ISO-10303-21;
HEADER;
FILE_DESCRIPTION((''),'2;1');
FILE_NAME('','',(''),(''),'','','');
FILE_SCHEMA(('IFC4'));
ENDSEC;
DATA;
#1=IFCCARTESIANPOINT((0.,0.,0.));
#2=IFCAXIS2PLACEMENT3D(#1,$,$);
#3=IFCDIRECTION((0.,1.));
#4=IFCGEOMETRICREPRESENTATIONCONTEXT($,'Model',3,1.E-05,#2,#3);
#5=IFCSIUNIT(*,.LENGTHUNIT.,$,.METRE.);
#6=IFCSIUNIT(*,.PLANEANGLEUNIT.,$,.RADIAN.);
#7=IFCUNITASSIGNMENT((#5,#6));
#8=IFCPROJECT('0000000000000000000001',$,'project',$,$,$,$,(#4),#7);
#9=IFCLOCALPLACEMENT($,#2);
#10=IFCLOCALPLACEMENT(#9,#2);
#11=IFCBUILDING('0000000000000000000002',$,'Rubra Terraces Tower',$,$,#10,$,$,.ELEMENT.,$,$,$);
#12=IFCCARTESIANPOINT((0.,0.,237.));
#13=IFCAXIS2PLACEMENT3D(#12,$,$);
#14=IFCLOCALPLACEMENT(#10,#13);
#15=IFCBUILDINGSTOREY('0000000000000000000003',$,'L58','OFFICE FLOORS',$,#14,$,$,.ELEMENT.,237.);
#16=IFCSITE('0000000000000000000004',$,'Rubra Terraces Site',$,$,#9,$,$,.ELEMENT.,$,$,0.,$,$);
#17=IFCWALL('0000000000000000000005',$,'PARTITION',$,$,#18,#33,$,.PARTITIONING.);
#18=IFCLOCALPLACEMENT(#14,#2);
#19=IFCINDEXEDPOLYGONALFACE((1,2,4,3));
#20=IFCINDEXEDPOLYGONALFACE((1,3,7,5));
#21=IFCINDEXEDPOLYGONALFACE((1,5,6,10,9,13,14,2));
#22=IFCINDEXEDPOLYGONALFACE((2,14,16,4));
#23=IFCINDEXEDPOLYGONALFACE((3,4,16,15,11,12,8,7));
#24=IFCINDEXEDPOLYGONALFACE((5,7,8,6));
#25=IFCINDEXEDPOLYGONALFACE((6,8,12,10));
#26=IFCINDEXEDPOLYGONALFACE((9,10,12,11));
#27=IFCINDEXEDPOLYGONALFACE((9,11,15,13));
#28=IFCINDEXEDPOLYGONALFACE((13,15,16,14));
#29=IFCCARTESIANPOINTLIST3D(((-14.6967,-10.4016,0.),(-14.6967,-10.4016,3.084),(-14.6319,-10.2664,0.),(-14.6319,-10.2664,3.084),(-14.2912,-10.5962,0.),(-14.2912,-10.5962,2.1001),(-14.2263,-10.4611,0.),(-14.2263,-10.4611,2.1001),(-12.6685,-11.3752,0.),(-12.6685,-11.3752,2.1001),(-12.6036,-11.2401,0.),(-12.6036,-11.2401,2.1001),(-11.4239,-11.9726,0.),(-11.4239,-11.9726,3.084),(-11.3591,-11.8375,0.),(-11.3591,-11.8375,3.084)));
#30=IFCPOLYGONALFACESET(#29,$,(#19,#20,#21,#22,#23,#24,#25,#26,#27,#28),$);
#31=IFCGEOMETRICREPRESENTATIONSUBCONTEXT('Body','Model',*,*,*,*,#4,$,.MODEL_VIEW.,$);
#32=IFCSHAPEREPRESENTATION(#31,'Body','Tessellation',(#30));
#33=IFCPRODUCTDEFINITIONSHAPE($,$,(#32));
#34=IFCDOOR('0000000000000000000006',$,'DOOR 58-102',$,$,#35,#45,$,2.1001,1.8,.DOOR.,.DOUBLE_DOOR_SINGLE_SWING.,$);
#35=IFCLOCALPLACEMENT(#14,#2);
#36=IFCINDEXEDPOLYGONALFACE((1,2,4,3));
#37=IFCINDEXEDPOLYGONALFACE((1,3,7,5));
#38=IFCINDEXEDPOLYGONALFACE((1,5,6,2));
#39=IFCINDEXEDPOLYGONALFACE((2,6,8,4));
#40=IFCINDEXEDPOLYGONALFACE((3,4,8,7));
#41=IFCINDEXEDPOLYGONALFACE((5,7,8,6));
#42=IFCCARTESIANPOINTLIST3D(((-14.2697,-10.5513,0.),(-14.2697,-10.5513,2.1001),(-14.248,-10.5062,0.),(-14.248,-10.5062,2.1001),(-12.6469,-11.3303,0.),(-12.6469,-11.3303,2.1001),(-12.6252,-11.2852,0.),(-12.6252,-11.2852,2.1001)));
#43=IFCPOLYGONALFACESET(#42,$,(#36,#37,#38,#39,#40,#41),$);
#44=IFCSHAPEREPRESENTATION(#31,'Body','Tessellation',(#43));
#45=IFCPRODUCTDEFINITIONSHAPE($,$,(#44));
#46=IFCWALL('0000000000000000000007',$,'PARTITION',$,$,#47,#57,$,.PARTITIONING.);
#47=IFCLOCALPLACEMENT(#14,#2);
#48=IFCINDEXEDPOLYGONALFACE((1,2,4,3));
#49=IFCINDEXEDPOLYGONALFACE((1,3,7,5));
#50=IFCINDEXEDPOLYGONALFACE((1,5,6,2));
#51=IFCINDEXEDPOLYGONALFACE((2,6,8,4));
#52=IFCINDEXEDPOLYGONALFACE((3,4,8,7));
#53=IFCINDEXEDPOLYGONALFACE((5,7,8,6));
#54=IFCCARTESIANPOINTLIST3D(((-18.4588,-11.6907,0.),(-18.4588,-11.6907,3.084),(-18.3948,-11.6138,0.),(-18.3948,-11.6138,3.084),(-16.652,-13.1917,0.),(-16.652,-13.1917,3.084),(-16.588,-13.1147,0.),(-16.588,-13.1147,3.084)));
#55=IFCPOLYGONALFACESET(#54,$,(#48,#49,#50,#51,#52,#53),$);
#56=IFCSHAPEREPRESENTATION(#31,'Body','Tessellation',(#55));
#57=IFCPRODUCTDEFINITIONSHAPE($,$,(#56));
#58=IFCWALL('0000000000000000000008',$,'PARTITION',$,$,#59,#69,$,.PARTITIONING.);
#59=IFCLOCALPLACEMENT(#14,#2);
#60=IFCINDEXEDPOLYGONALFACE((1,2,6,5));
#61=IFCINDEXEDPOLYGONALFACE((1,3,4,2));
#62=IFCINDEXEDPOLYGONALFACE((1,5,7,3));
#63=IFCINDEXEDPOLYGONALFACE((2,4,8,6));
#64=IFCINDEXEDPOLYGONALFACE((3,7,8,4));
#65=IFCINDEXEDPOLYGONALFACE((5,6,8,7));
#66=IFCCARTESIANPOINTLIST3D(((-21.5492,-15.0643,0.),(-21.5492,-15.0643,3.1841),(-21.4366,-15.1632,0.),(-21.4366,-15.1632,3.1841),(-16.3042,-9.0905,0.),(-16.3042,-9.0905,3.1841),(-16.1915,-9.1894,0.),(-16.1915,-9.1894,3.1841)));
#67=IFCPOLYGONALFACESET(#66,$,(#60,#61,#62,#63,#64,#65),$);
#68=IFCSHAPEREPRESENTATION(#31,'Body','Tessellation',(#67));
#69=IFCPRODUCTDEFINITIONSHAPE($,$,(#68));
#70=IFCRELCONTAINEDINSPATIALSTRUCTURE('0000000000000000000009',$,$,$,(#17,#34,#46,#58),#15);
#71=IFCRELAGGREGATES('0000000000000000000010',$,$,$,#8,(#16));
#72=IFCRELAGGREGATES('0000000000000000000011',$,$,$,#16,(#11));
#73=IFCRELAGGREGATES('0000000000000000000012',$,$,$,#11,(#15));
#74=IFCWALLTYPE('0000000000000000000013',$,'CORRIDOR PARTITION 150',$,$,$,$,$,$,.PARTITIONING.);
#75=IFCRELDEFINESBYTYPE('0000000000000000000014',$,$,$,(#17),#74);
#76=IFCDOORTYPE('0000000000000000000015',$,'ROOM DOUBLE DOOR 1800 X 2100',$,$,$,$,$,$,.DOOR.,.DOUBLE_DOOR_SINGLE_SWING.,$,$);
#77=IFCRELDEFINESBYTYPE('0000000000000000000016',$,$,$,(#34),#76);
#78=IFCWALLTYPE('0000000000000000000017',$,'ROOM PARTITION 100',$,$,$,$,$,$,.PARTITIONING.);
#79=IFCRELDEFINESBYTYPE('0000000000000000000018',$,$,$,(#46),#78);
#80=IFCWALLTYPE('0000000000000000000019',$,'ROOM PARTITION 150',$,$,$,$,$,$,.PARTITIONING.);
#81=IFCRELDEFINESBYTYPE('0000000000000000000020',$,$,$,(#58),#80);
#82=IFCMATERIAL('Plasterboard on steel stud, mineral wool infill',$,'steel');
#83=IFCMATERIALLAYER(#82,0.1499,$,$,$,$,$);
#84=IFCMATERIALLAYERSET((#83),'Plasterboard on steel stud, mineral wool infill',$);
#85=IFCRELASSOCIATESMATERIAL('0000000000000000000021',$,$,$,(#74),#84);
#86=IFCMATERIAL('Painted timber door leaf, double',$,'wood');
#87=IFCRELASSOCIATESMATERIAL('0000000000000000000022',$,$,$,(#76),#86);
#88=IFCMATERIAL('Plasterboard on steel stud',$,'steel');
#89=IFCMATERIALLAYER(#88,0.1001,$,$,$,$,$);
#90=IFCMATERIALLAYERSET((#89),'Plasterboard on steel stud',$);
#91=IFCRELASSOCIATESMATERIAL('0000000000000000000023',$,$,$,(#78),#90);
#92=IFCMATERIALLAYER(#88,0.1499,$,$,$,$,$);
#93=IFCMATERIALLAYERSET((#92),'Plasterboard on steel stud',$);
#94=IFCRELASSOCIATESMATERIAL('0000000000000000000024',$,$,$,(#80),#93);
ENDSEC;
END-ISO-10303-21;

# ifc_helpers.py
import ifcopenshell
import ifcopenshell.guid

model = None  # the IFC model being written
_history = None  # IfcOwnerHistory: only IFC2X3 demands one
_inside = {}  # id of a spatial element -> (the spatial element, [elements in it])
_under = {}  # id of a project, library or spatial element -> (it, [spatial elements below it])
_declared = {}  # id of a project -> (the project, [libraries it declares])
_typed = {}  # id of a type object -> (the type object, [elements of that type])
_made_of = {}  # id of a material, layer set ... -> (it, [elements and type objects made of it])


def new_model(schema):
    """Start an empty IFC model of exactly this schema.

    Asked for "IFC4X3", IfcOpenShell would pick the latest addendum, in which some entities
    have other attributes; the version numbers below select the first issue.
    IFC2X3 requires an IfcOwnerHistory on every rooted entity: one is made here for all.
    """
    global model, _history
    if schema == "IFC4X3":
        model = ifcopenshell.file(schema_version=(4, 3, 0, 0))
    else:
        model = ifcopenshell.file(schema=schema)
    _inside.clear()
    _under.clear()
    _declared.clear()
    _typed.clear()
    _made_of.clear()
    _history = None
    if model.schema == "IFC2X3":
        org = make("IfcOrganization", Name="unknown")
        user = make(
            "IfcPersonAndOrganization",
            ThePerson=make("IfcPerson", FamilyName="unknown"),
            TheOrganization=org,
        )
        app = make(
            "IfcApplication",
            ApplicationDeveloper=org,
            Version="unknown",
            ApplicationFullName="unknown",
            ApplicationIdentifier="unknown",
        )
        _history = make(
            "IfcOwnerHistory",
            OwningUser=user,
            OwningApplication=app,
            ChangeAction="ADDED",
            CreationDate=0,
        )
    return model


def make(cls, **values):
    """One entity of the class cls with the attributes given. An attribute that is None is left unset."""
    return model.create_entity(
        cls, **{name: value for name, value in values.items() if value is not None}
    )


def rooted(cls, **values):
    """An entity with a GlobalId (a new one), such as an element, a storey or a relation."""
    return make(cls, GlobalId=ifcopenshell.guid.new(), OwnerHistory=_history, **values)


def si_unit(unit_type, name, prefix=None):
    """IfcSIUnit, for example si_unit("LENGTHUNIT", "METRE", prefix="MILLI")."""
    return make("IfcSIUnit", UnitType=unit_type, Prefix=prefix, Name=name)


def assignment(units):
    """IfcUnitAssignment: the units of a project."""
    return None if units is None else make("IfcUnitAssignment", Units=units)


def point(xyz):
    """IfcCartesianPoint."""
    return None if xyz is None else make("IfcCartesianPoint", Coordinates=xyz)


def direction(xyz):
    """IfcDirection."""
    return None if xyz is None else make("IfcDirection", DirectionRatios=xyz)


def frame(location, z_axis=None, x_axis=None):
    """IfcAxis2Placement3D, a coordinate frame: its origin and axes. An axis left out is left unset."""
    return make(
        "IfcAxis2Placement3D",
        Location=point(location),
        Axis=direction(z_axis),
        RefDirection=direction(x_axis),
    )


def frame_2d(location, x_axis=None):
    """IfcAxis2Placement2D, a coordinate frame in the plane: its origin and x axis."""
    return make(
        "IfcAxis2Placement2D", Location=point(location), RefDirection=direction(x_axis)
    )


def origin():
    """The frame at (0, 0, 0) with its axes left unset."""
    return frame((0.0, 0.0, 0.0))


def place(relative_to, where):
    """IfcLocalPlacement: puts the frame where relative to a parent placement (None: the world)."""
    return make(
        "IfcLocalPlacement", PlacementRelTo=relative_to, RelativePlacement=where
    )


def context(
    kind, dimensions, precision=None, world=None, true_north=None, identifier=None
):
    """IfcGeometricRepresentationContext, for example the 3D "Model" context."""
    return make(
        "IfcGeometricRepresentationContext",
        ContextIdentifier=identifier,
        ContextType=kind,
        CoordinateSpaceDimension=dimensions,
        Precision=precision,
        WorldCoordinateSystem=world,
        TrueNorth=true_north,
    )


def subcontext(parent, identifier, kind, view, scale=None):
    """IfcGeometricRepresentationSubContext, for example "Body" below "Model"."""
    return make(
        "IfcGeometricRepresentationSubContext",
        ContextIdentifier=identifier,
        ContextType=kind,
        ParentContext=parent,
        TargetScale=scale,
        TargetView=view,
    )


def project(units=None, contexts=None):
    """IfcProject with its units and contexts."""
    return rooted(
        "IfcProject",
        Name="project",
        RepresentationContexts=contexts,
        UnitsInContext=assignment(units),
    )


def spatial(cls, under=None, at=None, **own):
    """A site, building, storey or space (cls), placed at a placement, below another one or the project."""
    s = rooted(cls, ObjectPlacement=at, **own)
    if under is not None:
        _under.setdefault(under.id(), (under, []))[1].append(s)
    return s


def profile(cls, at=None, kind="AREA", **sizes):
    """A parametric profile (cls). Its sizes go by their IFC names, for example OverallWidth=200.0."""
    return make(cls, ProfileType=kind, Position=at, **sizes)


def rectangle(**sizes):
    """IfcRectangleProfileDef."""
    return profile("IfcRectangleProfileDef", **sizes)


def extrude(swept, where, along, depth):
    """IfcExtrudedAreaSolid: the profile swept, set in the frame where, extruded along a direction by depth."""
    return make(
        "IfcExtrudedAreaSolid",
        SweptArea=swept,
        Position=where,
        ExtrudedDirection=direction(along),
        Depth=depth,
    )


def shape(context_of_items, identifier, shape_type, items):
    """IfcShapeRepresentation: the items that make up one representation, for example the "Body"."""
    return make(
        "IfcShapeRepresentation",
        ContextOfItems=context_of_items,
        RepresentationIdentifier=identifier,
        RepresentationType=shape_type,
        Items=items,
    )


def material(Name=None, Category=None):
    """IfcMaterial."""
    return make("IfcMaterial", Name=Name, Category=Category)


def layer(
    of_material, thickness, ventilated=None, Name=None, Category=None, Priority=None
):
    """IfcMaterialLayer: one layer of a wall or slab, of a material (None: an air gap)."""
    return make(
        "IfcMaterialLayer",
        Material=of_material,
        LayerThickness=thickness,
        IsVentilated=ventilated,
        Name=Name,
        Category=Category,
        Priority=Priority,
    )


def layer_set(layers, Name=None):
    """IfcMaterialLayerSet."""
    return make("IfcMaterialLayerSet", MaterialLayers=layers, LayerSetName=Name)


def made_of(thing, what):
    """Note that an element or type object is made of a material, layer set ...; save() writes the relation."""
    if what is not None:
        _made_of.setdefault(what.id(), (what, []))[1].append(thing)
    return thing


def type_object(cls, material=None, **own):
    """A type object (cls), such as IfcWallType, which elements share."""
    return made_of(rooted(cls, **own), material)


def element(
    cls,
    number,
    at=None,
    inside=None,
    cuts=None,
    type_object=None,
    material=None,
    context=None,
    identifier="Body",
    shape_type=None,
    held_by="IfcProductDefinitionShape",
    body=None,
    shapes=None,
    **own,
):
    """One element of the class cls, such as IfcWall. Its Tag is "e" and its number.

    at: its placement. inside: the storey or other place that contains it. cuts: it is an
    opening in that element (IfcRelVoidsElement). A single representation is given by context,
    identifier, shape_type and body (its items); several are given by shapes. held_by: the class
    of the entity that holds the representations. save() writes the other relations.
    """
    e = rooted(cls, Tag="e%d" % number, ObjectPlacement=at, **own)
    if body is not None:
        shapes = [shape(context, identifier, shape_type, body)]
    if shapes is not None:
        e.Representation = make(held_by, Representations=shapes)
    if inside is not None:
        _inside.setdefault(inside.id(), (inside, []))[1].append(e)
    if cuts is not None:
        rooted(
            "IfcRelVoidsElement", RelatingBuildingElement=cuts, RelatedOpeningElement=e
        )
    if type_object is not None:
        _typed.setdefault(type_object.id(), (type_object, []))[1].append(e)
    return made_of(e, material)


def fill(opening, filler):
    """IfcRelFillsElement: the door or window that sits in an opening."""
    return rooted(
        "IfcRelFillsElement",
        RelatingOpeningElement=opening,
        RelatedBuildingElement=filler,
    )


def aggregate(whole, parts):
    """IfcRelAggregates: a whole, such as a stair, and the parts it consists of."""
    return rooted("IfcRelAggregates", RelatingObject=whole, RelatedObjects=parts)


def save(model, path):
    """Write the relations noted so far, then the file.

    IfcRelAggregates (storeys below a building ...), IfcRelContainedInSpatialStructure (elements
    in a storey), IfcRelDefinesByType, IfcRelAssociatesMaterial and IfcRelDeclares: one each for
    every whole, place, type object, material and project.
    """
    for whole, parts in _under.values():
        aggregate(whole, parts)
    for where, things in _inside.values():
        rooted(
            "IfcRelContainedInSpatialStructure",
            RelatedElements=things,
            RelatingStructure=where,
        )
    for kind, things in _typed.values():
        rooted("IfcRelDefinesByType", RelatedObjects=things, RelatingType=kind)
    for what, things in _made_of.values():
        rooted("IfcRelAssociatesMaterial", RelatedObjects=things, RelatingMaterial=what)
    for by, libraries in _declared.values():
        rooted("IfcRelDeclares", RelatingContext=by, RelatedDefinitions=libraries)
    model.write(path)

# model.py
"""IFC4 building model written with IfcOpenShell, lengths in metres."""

from ifc_helpers import new_model, si_unit, direction, frame, frame_2d, origin, place, context, subcontext, project, spatial, rectangle, extrude, material, layer, layer_set, type_object, element, fill, save


model = new_model("IFC4")

# Units and contexts
model_context = context("Model", 3, precision=1e-05, world=origin(), true_north=direction((0.0, 1.0)))
body_context = subcontext(model_context, "Body", "Model", "MODEL_VIEW")
ifc_project = project(units=[si_unit("LENGTHUNIT", "METRE"), si_unit("PLANEANGLEUNIT", "RADIAN")], contexts=[model_context])

# Site, building, storey
site_placement = place(None, origin())
site = spatial("IfcSite", under=ifc_project, at=site_placement, Name="Rubra Terraces Site", CompositionType="ELEMENT", RefElevation=0.0)
building_placement = place(site_placement, origin())
building = spatial("IfcBuilding", under=site, at=building_placement, Name="Rubra Terraces Tower", CompositionType="ELEMENT")
storey_placement = place(building_placement, frame((0.0, 0.0, 237.0)))
storey = spatial("IfcBuildingStorey", under=building, at=storey_placement, Name="L58", Description="OFFICE FLOORS", CompositionType="ELEMENT", Elevation=237.0)

# Shared definitions
ifc_material_1 = material(Name="Plasterboard on steel stud, mineral wool infill", Category="steel")
ifc_layer_1 = layer(ifc_material_1, 0.1499)
ifc_layer_set_1 = layer_set([ifc_layer_1], Name="Plasterboard on steel stud, mineral wool infill")
wall_type_1 = type_object("IfcWallType", Name="CORRIDOR PARTITION 150", PredefinedType="PARTITIONING", material=ifc_layer_set_1)

# Wall, opening, door
wall_1_placement = place(storey_placement, frame((-14.6643, -10.334, 0.0), z_axis=(0.0, 0.0, 1.0), x_axis=(0.901507, -0.432764, 0.0)))
wall_1 = element("IfcWall", 1, at=wall_1_placement, inside=storey, type_object=wall_type_1, Name="PARTITION", PredefinedType="PARTITIONING", context=body_context, shape_type="SweptSolid", body=[
    extrude(rectangle(XDim=3.6304, YDim=0.1499, at=frame_2d((1.8152, 0.0))), origin(), (0.0, 0.0, 1.0), 3.084),
])
opening_1_placement = place(wall_1_placement, frame((0.45, 0.0, 0.0)))
opening_1 = element("IfcOpeningElement", 2, at=opening_1_placement, cuts=wall_1, PredefinedType="OPENING", context=body_context, shape_type="SweptSolid", body=[
    extrude(rectangle(XDim=1.8, YDim=2.1001, at=frame_2d((0.8999, 1.05))), frame((0.0, 0.085, 0.0), z_axis=(0.0, -1.0, 0.0), x_axis=(1.0, 0.0, 0.0)), (0.0, 0.0, 1.0), 0.1699),
])
ifc_material_2 = material(Name="Painted timber door leaf, double", Category="wood")
door_type = type_object("IfcDoorType", Name="ROOM DOUBLE DOOR 1800 X 2100", OperationType="DOUBLE_DOOR_SINGLE_SWING", PredefinedType="DOOR", material=ifc_material_2)
door_placement = place(opening_1_placement, origin())
door = element("IfcDoor", 3, at=door_placement, inside=storey, type_object=door_type, Name="DOOR 58-102", OperationType="DOUBLE_DOOR_SINGLE_SWING", OverallHeight=2.1001, OverallWidth=1.8, PredefinedType="DOOR", context=body_context, shape_type="SweptSolid", body=[
    extrude(rectangle(XDim=1.8, YDim=2.1001, at=frame_2d((0.8999, 1.05))), frame((0.0, 0.0249, 0.0), z_axis=(0.0, -1.0, 0.0), x_axis=(1.0, 0.0, 0.0)), (0.0, 0.0, 1.0), 0.05),
])
fill(opening_1, door)

# Walls
ifc_material_3 = material(Name="Plasterboard on steel stud", Category="steel")
ifc_layer_2 = layer(ifc_material_3, 0.1001)
ifc_layer_set_2 = layer_set([ifc_layer_2], Name="Plasterboard on steel stud")
wall_type_2 = type_object("IfcWallType", Name="ROOM PARTITION 100", PredefinedType="PARTITIONING", material=ifc_layer_set_2)
wall_2_placement = place(storey_placement, frame((-16.6201, -13.1531, 0.0), z_axis=(0.0, 0.0, 1.0), x_axis=(-0.769217, 0.638988, 0.0)))
element("IfcWall", 4, at=wall_2_placement, inside=storey, type_object=wall_type_2, Name="PARTITION", PredefinedType="PARTITIONING", context=body_context, shape_type="SweptSolid", body=[
    extrude(rectangle(XDim=2.3489, YDim=0.1001, at=frame_2d((1.1743, 0.0))), origin(), (0.0, 0.0, 1.0), 3.084),
])
ifc_layer_3 = layer(ifc_material_3, 0.1499)
ifc_layer_set_3 = layer_set([ifc_layer_3], Name="Plasterboard on steel stud")
wall_type_3 = type_object("IfcWallType", Name="ROOM PARTITION 150", PredefinedType="PARTITIONING", material=ifc_layer_set_3)
wall_3_placement = place(storey_placement, frame((-21.4929, -15.1138, 0.0), z_axis=(0.0, 0.0, 1.0), x_axis=(0.659784, 0.751455, 0.0)))
element("IfcWall", 5, at=wall_3_placement, inside=storey, type_object=wall_type_3, Name="PARTITION", PredefinedType="PARTITIONING", context=body_context, shape_type="SweptSolid", body=[
    extrude(rectangle(XDim=7.9497, YDim=0.1499, at=frame_2d((3.9749, 0.0))), origin(), (0.0, 0.0, 1.0), 3.1841),
])

save(model, "model.ifc")
